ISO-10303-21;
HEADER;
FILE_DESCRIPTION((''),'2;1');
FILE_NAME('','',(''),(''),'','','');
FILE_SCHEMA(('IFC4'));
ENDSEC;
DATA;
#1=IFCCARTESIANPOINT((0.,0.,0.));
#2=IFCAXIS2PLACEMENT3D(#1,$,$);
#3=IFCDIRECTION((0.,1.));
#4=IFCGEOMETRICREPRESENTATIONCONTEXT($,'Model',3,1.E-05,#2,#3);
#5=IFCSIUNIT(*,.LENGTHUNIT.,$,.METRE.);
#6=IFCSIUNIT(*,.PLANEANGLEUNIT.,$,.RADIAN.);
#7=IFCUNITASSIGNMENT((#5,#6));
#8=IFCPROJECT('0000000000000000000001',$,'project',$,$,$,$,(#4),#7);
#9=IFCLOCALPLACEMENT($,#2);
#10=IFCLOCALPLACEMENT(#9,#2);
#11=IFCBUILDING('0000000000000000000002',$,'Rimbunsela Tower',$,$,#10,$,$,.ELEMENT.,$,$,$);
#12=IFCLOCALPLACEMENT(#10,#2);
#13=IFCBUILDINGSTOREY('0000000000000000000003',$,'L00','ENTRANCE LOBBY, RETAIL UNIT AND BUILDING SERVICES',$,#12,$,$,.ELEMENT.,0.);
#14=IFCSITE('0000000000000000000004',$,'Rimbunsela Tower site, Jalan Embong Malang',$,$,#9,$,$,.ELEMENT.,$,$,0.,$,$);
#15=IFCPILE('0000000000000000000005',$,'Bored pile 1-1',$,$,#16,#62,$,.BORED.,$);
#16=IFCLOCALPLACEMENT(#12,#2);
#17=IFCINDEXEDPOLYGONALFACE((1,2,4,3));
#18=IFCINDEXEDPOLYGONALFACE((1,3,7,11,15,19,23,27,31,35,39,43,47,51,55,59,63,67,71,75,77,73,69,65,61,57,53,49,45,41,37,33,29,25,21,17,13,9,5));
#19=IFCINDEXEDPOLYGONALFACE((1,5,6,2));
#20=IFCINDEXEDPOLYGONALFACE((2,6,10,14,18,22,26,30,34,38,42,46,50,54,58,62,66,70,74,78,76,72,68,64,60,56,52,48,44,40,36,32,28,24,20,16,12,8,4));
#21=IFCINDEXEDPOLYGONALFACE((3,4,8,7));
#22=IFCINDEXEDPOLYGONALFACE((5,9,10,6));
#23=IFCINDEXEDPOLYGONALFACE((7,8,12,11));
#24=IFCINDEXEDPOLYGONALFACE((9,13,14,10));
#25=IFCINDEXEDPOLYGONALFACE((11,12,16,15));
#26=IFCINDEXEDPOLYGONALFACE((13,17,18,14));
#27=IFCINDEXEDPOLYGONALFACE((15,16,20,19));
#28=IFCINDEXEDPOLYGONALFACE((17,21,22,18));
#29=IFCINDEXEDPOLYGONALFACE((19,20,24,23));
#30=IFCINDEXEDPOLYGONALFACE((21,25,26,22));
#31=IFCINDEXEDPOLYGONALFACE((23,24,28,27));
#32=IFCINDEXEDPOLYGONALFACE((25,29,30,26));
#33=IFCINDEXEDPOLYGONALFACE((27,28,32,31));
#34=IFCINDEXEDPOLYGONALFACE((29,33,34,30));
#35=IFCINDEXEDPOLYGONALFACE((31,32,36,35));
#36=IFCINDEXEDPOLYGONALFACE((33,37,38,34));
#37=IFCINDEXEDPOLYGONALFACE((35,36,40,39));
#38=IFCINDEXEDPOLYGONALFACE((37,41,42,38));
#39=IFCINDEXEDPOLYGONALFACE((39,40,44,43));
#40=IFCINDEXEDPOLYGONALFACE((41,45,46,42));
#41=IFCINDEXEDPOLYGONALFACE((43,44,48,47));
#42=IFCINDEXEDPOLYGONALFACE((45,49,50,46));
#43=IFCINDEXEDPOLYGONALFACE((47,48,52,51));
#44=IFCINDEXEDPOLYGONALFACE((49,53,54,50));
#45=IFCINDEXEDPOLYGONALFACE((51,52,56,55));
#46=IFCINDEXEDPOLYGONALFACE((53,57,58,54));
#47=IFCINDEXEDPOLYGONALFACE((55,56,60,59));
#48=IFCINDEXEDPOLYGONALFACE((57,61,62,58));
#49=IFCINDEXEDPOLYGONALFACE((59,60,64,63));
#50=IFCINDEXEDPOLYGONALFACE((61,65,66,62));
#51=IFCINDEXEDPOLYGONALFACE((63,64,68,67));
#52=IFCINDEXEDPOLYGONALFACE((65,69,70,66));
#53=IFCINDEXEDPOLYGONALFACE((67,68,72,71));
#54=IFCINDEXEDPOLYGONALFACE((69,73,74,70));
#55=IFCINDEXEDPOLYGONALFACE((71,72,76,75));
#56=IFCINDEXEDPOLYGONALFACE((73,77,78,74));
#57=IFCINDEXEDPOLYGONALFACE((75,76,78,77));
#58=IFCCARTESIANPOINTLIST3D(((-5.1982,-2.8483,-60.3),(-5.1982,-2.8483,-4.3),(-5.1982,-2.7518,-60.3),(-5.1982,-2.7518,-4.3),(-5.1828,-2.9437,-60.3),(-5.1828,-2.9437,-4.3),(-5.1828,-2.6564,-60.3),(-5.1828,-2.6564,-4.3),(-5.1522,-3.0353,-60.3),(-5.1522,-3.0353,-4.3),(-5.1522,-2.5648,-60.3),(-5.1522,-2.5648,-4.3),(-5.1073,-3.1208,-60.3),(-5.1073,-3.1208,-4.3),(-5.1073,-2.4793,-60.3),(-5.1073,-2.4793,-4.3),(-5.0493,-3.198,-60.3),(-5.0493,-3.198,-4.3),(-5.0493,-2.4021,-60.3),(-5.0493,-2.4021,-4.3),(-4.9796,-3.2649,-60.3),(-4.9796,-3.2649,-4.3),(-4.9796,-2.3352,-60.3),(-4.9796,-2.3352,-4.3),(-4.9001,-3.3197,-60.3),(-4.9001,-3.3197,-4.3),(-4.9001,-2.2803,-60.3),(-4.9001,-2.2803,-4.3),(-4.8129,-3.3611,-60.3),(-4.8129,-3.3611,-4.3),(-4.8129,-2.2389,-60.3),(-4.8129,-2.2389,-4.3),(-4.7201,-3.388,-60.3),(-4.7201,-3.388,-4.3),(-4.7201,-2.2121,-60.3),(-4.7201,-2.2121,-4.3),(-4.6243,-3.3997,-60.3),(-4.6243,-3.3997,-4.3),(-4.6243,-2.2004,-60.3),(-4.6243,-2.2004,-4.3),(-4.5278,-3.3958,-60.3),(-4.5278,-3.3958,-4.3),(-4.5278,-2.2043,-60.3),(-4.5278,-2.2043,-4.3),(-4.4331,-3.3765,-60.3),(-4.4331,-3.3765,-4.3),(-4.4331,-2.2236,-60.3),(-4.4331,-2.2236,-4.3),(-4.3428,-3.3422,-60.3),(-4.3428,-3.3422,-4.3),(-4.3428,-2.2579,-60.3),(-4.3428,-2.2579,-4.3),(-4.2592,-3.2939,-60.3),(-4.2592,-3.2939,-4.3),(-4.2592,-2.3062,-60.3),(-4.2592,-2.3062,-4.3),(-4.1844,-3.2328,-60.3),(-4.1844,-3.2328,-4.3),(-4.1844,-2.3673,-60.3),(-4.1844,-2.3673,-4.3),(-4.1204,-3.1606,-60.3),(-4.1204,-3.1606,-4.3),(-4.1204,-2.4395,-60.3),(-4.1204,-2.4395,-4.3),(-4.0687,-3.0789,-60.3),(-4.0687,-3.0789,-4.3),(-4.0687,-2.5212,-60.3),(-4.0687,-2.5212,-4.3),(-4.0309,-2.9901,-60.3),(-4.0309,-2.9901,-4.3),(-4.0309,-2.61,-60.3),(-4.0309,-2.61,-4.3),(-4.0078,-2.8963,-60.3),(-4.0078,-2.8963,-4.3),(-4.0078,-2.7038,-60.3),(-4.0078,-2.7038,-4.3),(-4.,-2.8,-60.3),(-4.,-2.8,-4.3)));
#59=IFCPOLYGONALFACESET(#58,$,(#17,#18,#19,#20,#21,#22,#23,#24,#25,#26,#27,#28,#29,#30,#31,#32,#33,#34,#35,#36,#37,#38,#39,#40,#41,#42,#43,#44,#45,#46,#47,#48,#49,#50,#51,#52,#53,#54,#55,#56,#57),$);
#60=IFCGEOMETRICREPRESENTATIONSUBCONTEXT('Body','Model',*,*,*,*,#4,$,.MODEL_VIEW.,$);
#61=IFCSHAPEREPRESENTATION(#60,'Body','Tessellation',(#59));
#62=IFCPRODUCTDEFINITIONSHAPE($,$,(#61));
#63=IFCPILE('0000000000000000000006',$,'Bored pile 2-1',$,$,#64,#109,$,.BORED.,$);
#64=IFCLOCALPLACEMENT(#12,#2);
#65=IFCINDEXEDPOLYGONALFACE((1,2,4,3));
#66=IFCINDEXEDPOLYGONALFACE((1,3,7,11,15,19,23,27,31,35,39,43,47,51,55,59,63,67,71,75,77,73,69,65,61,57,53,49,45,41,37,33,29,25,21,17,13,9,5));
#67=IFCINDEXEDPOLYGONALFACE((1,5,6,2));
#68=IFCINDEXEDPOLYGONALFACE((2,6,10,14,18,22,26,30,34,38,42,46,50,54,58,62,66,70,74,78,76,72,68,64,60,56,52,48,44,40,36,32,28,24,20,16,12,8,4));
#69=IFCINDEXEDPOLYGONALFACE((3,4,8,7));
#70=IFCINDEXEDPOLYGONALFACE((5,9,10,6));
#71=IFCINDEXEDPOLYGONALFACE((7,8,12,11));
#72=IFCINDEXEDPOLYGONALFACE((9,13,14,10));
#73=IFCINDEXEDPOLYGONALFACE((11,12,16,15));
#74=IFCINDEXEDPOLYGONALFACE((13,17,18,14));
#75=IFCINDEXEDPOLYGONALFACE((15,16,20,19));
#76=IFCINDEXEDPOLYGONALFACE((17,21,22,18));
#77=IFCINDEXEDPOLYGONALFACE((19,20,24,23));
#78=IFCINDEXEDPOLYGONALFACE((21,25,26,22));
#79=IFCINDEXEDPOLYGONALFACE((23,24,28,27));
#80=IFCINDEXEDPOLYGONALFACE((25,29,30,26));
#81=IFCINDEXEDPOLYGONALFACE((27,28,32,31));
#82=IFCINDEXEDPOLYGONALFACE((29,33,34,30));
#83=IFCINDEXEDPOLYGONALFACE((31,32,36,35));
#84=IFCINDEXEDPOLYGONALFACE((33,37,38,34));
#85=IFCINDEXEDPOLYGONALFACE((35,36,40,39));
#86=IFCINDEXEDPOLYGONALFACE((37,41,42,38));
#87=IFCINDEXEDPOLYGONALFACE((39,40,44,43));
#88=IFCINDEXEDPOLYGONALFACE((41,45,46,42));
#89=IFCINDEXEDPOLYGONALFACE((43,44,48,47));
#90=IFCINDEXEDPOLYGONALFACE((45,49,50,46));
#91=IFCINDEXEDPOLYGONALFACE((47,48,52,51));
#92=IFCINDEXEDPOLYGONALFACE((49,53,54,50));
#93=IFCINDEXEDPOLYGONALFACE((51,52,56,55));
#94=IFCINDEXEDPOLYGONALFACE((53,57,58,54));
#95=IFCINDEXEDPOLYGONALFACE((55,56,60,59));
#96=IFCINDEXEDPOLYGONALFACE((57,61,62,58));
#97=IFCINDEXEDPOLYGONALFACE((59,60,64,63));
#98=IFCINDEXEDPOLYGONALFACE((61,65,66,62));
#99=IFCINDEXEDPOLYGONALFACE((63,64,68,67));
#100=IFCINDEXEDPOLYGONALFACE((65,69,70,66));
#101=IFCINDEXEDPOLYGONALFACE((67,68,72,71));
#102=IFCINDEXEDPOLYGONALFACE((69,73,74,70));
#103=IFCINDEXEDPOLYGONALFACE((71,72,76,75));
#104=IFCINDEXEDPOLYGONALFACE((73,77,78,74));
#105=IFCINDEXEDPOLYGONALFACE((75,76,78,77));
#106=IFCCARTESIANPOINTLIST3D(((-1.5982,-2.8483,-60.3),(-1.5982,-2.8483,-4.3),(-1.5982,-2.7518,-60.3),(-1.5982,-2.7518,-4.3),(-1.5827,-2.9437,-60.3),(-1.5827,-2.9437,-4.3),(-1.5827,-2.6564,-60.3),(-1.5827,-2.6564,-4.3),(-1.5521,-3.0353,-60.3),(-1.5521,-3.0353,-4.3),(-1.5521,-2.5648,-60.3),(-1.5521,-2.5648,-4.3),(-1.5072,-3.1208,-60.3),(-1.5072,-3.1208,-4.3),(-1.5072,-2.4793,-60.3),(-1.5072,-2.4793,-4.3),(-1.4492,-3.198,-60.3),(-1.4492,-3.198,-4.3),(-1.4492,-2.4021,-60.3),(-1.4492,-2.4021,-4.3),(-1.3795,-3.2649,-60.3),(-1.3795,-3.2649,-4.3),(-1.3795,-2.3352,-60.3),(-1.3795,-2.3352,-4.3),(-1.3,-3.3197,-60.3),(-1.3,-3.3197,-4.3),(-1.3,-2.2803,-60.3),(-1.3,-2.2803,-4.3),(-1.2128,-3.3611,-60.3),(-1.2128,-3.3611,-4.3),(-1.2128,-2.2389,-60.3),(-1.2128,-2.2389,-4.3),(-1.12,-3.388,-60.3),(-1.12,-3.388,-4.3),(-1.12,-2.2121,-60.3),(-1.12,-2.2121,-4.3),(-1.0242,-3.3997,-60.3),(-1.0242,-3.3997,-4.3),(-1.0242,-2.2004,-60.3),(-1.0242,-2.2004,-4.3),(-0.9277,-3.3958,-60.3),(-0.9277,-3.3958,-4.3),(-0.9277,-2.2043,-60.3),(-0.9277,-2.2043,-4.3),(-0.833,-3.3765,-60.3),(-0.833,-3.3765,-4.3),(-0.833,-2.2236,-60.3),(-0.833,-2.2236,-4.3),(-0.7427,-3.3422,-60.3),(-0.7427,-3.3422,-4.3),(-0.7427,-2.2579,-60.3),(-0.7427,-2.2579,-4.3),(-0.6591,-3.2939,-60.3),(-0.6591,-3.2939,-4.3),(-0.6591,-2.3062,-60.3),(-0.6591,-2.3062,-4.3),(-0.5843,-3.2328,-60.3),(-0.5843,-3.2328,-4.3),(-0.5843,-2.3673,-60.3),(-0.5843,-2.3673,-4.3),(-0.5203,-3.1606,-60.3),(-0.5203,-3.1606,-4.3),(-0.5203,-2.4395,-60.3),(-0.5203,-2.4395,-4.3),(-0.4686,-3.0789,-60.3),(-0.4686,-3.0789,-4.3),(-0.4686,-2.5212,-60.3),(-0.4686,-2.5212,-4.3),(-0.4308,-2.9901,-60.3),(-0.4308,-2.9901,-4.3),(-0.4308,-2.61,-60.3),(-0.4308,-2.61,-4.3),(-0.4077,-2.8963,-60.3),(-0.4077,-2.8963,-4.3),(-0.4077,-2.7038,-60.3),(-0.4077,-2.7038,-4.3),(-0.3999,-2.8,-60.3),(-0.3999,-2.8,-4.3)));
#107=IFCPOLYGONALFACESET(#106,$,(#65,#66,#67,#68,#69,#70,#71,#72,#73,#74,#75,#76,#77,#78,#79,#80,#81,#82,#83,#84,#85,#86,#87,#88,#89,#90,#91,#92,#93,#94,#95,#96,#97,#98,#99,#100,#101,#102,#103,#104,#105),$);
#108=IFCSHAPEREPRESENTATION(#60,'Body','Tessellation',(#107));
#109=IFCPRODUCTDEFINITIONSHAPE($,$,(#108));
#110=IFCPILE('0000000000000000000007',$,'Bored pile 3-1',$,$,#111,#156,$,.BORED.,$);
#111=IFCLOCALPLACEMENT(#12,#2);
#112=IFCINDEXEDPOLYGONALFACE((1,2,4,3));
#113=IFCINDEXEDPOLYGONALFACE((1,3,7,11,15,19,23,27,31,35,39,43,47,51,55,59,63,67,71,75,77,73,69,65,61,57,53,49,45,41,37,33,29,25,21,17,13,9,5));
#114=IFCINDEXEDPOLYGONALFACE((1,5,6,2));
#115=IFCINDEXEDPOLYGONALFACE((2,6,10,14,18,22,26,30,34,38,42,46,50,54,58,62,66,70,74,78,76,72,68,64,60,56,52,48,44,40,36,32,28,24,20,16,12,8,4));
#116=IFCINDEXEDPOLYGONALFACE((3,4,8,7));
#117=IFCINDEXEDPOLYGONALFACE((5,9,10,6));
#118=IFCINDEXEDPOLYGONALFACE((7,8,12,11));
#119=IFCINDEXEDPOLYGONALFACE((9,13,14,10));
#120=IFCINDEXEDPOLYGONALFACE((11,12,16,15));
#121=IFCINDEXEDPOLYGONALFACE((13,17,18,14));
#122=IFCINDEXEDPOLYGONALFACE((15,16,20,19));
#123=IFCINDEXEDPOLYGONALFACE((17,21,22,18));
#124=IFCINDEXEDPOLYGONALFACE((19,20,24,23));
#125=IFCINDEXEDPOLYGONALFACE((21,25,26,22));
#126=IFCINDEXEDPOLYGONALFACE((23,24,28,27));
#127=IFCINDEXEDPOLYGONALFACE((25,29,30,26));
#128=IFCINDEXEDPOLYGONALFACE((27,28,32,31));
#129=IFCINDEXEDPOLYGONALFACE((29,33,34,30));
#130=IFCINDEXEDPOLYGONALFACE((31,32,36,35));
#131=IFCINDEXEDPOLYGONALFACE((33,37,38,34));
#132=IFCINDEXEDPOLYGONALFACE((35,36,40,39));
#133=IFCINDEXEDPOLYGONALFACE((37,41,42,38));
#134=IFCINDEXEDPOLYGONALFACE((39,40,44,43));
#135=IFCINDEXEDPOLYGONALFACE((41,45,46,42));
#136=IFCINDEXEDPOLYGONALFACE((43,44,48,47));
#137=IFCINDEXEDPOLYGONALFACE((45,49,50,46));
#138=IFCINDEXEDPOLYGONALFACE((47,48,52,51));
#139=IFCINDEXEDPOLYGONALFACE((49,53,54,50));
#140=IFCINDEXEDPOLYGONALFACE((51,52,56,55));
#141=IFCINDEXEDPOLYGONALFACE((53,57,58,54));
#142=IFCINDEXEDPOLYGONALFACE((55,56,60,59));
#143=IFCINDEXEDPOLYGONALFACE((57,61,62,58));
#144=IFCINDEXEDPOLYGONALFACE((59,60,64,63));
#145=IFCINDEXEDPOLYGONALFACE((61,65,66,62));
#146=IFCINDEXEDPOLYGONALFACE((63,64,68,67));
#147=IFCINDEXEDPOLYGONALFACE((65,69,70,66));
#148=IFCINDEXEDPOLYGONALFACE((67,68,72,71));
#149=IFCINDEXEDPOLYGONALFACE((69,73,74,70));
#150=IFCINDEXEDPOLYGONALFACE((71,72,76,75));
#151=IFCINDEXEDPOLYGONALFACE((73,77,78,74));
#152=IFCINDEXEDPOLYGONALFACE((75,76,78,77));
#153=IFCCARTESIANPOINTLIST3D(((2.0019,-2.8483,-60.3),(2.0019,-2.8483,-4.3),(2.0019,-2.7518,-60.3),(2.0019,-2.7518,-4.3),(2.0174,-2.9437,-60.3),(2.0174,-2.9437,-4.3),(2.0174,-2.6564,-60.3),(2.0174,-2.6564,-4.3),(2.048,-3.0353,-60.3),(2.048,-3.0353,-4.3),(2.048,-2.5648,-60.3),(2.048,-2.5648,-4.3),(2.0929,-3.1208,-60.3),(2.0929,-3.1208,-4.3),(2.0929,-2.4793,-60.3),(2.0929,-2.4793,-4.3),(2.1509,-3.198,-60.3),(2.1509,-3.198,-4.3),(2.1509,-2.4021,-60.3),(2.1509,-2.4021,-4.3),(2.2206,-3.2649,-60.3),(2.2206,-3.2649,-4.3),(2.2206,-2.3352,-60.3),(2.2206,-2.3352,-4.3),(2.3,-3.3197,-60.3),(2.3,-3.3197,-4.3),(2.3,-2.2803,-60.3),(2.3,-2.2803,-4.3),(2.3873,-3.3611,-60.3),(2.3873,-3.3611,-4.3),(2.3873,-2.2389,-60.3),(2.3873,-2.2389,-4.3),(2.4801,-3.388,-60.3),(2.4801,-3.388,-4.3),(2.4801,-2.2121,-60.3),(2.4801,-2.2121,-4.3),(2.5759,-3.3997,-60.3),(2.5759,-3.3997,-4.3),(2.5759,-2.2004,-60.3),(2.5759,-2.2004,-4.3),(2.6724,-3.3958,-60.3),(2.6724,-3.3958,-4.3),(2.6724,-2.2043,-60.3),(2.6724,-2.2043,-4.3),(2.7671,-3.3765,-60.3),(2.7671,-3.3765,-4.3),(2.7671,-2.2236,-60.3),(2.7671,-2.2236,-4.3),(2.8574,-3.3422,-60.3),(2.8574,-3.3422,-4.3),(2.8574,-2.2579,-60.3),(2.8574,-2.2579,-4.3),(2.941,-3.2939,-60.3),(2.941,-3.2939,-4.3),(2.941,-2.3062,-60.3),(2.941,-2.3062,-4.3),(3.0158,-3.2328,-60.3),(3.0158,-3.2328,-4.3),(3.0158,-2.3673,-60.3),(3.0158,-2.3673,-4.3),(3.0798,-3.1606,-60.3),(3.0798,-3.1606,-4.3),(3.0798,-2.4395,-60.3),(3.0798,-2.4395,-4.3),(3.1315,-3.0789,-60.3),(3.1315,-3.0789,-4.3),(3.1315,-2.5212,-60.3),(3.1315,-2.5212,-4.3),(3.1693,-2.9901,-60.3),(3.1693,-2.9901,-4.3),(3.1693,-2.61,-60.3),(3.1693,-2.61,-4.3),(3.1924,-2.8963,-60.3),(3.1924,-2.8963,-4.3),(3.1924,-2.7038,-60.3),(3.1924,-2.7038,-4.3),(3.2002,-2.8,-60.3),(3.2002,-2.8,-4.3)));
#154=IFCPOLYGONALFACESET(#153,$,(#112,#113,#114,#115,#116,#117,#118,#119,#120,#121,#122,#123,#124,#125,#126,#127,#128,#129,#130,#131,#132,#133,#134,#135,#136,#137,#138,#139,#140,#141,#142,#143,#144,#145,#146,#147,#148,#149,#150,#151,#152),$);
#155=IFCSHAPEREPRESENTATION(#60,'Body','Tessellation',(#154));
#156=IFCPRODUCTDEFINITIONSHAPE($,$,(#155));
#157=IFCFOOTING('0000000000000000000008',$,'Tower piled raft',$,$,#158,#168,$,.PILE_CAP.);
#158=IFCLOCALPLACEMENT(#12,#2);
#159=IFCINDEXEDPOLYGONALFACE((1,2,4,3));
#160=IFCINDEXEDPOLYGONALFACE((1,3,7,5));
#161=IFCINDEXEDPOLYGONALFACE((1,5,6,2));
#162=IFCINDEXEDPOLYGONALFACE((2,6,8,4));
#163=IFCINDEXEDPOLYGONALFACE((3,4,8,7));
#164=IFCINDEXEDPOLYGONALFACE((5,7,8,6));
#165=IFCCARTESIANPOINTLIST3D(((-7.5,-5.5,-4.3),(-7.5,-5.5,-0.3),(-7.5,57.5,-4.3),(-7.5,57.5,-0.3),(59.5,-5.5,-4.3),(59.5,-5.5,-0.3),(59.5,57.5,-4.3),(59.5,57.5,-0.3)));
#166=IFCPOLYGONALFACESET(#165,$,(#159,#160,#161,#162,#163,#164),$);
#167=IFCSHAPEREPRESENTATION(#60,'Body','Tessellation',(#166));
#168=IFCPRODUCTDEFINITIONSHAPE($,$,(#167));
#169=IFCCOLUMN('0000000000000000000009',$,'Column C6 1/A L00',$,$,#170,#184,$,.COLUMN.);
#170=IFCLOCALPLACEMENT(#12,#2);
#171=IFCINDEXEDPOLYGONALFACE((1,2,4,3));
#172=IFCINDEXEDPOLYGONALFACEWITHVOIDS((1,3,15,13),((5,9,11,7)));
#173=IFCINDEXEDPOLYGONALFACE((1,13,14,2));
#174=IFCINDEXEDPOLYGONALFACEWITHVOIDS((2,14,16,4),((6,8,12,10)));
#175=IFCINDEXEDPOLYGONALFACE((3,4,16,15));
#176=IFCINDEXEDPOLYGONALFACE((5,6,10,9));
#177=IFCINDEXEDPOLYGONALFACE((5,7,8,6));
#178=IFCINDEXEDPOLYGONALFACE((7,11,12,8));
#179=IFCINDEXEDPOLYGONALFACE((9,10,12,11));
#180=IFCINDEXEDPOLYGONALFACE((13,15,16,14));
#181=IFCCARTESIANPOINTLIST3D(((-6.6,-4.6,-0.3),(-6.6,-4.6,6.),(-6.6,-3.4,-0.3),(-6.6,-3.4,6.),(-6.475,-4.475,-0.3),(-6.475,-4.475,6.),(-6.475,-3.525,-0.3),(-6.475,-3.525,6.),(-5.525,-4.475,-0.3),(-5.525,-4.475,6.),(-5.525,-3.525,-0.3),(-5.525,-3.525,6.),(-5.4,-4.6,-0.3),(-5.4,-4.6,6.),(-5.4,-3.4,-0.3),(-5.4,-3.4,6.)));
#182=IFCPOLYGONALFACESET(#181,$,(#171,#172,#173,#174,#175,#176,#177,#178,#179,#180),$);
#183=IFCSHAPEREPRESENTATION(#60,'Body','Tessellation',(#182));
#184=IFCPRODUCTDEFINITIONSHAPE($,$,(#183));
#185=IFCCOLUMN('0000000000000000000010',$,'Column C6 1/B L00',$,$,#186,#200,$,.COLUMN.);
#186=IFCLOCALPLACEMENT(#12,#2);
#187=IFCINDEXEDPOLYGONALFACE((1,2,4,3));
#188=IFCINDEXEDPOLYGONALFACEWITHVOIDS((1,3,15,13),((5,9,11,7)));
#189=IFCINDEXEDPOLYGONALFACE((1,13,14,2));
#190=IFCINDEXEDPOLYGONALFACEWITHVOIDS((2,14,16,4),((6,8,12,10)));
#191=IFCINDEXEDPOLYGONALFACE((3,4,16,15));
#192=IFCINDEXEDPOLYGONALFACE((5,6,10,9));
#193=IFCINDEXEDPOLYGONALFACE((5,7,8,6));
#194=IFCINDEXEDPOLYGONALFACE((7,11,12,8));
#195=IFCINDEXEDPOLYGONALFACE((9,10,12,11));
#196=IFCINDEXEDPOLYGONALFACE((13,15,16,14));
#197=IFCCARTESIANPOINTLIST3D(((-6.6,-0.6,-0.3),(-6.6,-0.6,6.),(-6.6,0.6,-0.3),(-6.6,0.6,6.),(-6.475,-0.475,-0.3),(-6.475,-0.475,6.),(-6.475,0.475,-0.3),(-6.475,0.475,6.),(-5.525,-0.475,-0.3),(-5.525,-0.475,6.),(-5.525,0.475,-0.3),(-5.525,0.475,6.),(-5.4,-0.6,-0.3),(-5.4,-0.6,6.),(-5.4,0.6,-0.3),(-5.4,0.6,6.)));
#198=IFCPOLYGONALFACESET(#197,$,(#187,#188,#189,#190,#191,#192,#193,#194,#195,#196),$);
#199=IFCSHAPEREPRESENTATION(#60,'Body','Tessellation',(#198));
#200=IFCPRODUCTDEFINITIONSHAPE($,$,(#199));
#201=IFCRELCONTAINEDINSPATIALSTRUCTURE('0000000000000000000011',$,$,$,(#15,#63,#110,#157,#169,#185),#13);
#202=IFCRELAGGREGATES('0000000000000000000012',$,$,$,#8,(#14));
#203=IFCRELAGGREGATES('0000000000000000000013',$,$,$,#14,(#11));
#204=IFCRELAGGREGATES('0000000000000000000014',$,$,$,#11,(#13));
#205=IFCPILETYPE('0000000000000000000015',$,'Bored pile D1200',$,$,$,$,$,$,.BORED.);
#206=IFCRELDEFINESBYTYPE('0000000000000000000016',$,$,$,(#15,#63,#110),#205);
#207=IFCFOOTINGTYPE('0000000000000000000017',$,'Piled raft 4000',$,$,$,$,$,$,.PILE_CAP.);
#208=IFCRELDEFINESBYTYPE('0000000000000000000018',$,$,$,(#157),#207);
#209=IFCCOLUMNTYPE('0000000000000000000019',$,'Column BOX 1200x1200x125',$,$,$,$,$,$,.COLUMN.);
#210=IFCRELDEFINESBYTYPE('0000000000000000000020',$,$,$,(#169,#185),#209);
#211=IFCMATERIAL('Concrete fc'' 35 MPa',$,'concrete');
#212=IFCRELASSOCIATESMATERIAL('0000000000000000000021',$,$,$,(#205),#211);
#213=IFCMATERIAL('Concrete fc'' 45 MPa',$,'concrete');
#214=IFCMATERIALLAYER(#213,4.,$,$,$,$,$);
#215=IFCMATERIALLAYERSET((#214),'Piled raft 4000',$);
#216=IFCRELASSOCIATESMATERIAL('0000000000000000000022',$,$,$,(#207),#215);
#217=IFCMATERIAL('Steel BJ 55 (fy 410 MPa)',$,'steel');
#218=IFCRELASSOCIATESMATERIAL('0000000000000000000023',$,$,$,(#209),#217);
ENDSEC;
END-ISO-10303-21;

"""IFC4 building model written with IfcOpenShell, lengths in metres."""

from ifc_helpers import new_model, si_unit, direction, frame, origin, origin_2d, place, context, subcontext, project, spatial, polyline, hollow_rectangle, circle, outline, extrude, material, layer, layer_set, material_profile, profile_set, type_object, element, save


model = new_model("IFC4")

# Units and contexts
model_context = context("Model", 3, precision=1e-05, world=origin(), true_north=direction((0.0, 1.0)))
body_context = subcontext(model_context, "Body", "Model", "MODEL_VIEW")
ifc_project = project(units=[si_unit("LENGTHUNIT", "METRE"), si_unit("PLANEANGLEUNIT", "RADIAN")], contexts=[model_context])

# Site, building, storey
site_placement = place(None, origin())
site = spatial("IfcSite", under=ifc_project, at=site_placement, Name="Rimbunsela Tower site, Jalan Embong Malang", CompositionType="ELEMENT", RefElevation=0.0)
building_placement = place(site_placement, origin())
building = spatial("IfcBuilding", under=site, at=building_placement, Name="Rimbunsela Tower", CompositionType="ELEMENT")
storey_placement = place(building_placement, origin())
storey = spatial("IfcBuildingStorey", under=building, at=storey_placement, Name="L00", Description="ENTRANCE LOBBY, RETAIL UNIT AND BUILDING SERVICES", CompositionType="ELEMENT", Elevation=0.0)

# Piles
ifc_material_1 = material(Name="Concrete fc' 35 MPa", Category="concrete")
ifc_material_profile_1 = material_profile(ifc_material_1, circle(Radius=0.6001, at=origin_2d()), Name="BP D1200")
ifc_profile_set_1 = profile_set([ifc_material_profile_1], Name="Concrete fc' 35 MPa")
pile_type = type_object("IfcPileType", Name="Bored pile D1200", PredefinedType="BORED", material=ifc_profile_set_1)
for number, where, z_axis, x_axis, name in (
    (1, (-4.6001, -2.8, -4.3), (0.0, 0.0, -1.0), (1.0, 0.0, 0.0), "Bored pile 1-1"),
    (2, (-1.0, -2.8, -4.3), (0.0, 0.0, -1.0), (1.0, 0.0, 0.0), "Bored pile 2-1"),
    (3, (2.6001, -2.8, -4.3), (0.0, 0.0, -1.0), (1.0, 0.0, 0.0), "Bored pile 3-1"),
):
    element("IfcPile", number, at=place(storey_placement, frame(where, z_axis=z_axis, x_axis=x_axis)), inside=storey, type_object=pile_type, Name=name, PredefinedType="BORED", context=body_context, shape_type="SweptSolid", body=[
        extrude(circle(Radius=0.6001, at=origin_2d()), origin(), (0.0, 0.0, 1.0), 56.0),
    ])

# Footing
ifc_material_2 = material(Name="Concrete fc' 45 MPa", Category="concrete")
ifc_layer_1 = layer(ifc_material_2, 4.0)
ifc_layer_set_1 = layer_set([ifc_layer_1], Name="Piled raft 4000")
footing_type = type_object("IfcFootingType", Name="Piled raft 4000", PredefinedType="PILE_CAP", material=ifc_layer_set_1)
footing_placement = place(storey_placement, frame((0.0, 0.0, -4.3)))
element("IfcFooting", 4, at=footing_placement, inside=storey, type_object=footing_type, Name="Tower piled raft", PredefinedType="PILE_CAP", context=body_context, shape_type="SweptSolid", body=[
    extrude(outline(polyline([(-7.5, -5.5), (59.5, -5.5), (59.5, 57.5), (-7.5, 57.5), (-7.5, -5.5)])), origin(), (0.0, 0.0, 1.0), 4.0),
])

# Columns
ifc_material_3 = material(Name="Steel BJ 55 (fy 410 MPa)", Category="steel")
ifc_material_profile_2 = material_profile(ifc_material_3, hollow_rectangle(XDim=1.2, YDim=1.2, WallThickness=0.125, at=origin_2d()), Name="BOX 1200x1200x125")
ifc_profile_set_2 = profile_set([ifc_material_profile_2], Name="Steel BJ 55 (fy 410 MPa)")
column_type = type_object("IfcColumnType", Name="Column BOX 1200x1200x125", PredefinedType="COLUMN", material=ifc_profile_set_2)
for number, where, z_axis, x_axis, name in (
    (5, (-6.0, -4.0, -0.3), (0.0, 0.0, 1.0), (1.0, 0.0, 0.0), "Column C6 1/A L00"),
    (6, (-6.0, 0.0, -0.3), (0.0, 0.0, 1.0), (1.0, 0.0, 0.0), "Column C6 1/B L00"),
):
    element("IfcColumn", number, at=place(storey_placement, frame(where, z_axis=z_axis, x_axis=x_axis)), inside=storey, type_object=column_type, Name=name, PredefinedType="COLUMN", context=body_context, shape_type="SweptSolid", body=[
        extrude(hollow_rectangle(XDim=1.2, YDim=1.2, WallThickness=0.125, at=origin_2d()), origin(), (0.0, 0.0, 1.0), 6.3),
    ])

save(model, "model.ifc")
